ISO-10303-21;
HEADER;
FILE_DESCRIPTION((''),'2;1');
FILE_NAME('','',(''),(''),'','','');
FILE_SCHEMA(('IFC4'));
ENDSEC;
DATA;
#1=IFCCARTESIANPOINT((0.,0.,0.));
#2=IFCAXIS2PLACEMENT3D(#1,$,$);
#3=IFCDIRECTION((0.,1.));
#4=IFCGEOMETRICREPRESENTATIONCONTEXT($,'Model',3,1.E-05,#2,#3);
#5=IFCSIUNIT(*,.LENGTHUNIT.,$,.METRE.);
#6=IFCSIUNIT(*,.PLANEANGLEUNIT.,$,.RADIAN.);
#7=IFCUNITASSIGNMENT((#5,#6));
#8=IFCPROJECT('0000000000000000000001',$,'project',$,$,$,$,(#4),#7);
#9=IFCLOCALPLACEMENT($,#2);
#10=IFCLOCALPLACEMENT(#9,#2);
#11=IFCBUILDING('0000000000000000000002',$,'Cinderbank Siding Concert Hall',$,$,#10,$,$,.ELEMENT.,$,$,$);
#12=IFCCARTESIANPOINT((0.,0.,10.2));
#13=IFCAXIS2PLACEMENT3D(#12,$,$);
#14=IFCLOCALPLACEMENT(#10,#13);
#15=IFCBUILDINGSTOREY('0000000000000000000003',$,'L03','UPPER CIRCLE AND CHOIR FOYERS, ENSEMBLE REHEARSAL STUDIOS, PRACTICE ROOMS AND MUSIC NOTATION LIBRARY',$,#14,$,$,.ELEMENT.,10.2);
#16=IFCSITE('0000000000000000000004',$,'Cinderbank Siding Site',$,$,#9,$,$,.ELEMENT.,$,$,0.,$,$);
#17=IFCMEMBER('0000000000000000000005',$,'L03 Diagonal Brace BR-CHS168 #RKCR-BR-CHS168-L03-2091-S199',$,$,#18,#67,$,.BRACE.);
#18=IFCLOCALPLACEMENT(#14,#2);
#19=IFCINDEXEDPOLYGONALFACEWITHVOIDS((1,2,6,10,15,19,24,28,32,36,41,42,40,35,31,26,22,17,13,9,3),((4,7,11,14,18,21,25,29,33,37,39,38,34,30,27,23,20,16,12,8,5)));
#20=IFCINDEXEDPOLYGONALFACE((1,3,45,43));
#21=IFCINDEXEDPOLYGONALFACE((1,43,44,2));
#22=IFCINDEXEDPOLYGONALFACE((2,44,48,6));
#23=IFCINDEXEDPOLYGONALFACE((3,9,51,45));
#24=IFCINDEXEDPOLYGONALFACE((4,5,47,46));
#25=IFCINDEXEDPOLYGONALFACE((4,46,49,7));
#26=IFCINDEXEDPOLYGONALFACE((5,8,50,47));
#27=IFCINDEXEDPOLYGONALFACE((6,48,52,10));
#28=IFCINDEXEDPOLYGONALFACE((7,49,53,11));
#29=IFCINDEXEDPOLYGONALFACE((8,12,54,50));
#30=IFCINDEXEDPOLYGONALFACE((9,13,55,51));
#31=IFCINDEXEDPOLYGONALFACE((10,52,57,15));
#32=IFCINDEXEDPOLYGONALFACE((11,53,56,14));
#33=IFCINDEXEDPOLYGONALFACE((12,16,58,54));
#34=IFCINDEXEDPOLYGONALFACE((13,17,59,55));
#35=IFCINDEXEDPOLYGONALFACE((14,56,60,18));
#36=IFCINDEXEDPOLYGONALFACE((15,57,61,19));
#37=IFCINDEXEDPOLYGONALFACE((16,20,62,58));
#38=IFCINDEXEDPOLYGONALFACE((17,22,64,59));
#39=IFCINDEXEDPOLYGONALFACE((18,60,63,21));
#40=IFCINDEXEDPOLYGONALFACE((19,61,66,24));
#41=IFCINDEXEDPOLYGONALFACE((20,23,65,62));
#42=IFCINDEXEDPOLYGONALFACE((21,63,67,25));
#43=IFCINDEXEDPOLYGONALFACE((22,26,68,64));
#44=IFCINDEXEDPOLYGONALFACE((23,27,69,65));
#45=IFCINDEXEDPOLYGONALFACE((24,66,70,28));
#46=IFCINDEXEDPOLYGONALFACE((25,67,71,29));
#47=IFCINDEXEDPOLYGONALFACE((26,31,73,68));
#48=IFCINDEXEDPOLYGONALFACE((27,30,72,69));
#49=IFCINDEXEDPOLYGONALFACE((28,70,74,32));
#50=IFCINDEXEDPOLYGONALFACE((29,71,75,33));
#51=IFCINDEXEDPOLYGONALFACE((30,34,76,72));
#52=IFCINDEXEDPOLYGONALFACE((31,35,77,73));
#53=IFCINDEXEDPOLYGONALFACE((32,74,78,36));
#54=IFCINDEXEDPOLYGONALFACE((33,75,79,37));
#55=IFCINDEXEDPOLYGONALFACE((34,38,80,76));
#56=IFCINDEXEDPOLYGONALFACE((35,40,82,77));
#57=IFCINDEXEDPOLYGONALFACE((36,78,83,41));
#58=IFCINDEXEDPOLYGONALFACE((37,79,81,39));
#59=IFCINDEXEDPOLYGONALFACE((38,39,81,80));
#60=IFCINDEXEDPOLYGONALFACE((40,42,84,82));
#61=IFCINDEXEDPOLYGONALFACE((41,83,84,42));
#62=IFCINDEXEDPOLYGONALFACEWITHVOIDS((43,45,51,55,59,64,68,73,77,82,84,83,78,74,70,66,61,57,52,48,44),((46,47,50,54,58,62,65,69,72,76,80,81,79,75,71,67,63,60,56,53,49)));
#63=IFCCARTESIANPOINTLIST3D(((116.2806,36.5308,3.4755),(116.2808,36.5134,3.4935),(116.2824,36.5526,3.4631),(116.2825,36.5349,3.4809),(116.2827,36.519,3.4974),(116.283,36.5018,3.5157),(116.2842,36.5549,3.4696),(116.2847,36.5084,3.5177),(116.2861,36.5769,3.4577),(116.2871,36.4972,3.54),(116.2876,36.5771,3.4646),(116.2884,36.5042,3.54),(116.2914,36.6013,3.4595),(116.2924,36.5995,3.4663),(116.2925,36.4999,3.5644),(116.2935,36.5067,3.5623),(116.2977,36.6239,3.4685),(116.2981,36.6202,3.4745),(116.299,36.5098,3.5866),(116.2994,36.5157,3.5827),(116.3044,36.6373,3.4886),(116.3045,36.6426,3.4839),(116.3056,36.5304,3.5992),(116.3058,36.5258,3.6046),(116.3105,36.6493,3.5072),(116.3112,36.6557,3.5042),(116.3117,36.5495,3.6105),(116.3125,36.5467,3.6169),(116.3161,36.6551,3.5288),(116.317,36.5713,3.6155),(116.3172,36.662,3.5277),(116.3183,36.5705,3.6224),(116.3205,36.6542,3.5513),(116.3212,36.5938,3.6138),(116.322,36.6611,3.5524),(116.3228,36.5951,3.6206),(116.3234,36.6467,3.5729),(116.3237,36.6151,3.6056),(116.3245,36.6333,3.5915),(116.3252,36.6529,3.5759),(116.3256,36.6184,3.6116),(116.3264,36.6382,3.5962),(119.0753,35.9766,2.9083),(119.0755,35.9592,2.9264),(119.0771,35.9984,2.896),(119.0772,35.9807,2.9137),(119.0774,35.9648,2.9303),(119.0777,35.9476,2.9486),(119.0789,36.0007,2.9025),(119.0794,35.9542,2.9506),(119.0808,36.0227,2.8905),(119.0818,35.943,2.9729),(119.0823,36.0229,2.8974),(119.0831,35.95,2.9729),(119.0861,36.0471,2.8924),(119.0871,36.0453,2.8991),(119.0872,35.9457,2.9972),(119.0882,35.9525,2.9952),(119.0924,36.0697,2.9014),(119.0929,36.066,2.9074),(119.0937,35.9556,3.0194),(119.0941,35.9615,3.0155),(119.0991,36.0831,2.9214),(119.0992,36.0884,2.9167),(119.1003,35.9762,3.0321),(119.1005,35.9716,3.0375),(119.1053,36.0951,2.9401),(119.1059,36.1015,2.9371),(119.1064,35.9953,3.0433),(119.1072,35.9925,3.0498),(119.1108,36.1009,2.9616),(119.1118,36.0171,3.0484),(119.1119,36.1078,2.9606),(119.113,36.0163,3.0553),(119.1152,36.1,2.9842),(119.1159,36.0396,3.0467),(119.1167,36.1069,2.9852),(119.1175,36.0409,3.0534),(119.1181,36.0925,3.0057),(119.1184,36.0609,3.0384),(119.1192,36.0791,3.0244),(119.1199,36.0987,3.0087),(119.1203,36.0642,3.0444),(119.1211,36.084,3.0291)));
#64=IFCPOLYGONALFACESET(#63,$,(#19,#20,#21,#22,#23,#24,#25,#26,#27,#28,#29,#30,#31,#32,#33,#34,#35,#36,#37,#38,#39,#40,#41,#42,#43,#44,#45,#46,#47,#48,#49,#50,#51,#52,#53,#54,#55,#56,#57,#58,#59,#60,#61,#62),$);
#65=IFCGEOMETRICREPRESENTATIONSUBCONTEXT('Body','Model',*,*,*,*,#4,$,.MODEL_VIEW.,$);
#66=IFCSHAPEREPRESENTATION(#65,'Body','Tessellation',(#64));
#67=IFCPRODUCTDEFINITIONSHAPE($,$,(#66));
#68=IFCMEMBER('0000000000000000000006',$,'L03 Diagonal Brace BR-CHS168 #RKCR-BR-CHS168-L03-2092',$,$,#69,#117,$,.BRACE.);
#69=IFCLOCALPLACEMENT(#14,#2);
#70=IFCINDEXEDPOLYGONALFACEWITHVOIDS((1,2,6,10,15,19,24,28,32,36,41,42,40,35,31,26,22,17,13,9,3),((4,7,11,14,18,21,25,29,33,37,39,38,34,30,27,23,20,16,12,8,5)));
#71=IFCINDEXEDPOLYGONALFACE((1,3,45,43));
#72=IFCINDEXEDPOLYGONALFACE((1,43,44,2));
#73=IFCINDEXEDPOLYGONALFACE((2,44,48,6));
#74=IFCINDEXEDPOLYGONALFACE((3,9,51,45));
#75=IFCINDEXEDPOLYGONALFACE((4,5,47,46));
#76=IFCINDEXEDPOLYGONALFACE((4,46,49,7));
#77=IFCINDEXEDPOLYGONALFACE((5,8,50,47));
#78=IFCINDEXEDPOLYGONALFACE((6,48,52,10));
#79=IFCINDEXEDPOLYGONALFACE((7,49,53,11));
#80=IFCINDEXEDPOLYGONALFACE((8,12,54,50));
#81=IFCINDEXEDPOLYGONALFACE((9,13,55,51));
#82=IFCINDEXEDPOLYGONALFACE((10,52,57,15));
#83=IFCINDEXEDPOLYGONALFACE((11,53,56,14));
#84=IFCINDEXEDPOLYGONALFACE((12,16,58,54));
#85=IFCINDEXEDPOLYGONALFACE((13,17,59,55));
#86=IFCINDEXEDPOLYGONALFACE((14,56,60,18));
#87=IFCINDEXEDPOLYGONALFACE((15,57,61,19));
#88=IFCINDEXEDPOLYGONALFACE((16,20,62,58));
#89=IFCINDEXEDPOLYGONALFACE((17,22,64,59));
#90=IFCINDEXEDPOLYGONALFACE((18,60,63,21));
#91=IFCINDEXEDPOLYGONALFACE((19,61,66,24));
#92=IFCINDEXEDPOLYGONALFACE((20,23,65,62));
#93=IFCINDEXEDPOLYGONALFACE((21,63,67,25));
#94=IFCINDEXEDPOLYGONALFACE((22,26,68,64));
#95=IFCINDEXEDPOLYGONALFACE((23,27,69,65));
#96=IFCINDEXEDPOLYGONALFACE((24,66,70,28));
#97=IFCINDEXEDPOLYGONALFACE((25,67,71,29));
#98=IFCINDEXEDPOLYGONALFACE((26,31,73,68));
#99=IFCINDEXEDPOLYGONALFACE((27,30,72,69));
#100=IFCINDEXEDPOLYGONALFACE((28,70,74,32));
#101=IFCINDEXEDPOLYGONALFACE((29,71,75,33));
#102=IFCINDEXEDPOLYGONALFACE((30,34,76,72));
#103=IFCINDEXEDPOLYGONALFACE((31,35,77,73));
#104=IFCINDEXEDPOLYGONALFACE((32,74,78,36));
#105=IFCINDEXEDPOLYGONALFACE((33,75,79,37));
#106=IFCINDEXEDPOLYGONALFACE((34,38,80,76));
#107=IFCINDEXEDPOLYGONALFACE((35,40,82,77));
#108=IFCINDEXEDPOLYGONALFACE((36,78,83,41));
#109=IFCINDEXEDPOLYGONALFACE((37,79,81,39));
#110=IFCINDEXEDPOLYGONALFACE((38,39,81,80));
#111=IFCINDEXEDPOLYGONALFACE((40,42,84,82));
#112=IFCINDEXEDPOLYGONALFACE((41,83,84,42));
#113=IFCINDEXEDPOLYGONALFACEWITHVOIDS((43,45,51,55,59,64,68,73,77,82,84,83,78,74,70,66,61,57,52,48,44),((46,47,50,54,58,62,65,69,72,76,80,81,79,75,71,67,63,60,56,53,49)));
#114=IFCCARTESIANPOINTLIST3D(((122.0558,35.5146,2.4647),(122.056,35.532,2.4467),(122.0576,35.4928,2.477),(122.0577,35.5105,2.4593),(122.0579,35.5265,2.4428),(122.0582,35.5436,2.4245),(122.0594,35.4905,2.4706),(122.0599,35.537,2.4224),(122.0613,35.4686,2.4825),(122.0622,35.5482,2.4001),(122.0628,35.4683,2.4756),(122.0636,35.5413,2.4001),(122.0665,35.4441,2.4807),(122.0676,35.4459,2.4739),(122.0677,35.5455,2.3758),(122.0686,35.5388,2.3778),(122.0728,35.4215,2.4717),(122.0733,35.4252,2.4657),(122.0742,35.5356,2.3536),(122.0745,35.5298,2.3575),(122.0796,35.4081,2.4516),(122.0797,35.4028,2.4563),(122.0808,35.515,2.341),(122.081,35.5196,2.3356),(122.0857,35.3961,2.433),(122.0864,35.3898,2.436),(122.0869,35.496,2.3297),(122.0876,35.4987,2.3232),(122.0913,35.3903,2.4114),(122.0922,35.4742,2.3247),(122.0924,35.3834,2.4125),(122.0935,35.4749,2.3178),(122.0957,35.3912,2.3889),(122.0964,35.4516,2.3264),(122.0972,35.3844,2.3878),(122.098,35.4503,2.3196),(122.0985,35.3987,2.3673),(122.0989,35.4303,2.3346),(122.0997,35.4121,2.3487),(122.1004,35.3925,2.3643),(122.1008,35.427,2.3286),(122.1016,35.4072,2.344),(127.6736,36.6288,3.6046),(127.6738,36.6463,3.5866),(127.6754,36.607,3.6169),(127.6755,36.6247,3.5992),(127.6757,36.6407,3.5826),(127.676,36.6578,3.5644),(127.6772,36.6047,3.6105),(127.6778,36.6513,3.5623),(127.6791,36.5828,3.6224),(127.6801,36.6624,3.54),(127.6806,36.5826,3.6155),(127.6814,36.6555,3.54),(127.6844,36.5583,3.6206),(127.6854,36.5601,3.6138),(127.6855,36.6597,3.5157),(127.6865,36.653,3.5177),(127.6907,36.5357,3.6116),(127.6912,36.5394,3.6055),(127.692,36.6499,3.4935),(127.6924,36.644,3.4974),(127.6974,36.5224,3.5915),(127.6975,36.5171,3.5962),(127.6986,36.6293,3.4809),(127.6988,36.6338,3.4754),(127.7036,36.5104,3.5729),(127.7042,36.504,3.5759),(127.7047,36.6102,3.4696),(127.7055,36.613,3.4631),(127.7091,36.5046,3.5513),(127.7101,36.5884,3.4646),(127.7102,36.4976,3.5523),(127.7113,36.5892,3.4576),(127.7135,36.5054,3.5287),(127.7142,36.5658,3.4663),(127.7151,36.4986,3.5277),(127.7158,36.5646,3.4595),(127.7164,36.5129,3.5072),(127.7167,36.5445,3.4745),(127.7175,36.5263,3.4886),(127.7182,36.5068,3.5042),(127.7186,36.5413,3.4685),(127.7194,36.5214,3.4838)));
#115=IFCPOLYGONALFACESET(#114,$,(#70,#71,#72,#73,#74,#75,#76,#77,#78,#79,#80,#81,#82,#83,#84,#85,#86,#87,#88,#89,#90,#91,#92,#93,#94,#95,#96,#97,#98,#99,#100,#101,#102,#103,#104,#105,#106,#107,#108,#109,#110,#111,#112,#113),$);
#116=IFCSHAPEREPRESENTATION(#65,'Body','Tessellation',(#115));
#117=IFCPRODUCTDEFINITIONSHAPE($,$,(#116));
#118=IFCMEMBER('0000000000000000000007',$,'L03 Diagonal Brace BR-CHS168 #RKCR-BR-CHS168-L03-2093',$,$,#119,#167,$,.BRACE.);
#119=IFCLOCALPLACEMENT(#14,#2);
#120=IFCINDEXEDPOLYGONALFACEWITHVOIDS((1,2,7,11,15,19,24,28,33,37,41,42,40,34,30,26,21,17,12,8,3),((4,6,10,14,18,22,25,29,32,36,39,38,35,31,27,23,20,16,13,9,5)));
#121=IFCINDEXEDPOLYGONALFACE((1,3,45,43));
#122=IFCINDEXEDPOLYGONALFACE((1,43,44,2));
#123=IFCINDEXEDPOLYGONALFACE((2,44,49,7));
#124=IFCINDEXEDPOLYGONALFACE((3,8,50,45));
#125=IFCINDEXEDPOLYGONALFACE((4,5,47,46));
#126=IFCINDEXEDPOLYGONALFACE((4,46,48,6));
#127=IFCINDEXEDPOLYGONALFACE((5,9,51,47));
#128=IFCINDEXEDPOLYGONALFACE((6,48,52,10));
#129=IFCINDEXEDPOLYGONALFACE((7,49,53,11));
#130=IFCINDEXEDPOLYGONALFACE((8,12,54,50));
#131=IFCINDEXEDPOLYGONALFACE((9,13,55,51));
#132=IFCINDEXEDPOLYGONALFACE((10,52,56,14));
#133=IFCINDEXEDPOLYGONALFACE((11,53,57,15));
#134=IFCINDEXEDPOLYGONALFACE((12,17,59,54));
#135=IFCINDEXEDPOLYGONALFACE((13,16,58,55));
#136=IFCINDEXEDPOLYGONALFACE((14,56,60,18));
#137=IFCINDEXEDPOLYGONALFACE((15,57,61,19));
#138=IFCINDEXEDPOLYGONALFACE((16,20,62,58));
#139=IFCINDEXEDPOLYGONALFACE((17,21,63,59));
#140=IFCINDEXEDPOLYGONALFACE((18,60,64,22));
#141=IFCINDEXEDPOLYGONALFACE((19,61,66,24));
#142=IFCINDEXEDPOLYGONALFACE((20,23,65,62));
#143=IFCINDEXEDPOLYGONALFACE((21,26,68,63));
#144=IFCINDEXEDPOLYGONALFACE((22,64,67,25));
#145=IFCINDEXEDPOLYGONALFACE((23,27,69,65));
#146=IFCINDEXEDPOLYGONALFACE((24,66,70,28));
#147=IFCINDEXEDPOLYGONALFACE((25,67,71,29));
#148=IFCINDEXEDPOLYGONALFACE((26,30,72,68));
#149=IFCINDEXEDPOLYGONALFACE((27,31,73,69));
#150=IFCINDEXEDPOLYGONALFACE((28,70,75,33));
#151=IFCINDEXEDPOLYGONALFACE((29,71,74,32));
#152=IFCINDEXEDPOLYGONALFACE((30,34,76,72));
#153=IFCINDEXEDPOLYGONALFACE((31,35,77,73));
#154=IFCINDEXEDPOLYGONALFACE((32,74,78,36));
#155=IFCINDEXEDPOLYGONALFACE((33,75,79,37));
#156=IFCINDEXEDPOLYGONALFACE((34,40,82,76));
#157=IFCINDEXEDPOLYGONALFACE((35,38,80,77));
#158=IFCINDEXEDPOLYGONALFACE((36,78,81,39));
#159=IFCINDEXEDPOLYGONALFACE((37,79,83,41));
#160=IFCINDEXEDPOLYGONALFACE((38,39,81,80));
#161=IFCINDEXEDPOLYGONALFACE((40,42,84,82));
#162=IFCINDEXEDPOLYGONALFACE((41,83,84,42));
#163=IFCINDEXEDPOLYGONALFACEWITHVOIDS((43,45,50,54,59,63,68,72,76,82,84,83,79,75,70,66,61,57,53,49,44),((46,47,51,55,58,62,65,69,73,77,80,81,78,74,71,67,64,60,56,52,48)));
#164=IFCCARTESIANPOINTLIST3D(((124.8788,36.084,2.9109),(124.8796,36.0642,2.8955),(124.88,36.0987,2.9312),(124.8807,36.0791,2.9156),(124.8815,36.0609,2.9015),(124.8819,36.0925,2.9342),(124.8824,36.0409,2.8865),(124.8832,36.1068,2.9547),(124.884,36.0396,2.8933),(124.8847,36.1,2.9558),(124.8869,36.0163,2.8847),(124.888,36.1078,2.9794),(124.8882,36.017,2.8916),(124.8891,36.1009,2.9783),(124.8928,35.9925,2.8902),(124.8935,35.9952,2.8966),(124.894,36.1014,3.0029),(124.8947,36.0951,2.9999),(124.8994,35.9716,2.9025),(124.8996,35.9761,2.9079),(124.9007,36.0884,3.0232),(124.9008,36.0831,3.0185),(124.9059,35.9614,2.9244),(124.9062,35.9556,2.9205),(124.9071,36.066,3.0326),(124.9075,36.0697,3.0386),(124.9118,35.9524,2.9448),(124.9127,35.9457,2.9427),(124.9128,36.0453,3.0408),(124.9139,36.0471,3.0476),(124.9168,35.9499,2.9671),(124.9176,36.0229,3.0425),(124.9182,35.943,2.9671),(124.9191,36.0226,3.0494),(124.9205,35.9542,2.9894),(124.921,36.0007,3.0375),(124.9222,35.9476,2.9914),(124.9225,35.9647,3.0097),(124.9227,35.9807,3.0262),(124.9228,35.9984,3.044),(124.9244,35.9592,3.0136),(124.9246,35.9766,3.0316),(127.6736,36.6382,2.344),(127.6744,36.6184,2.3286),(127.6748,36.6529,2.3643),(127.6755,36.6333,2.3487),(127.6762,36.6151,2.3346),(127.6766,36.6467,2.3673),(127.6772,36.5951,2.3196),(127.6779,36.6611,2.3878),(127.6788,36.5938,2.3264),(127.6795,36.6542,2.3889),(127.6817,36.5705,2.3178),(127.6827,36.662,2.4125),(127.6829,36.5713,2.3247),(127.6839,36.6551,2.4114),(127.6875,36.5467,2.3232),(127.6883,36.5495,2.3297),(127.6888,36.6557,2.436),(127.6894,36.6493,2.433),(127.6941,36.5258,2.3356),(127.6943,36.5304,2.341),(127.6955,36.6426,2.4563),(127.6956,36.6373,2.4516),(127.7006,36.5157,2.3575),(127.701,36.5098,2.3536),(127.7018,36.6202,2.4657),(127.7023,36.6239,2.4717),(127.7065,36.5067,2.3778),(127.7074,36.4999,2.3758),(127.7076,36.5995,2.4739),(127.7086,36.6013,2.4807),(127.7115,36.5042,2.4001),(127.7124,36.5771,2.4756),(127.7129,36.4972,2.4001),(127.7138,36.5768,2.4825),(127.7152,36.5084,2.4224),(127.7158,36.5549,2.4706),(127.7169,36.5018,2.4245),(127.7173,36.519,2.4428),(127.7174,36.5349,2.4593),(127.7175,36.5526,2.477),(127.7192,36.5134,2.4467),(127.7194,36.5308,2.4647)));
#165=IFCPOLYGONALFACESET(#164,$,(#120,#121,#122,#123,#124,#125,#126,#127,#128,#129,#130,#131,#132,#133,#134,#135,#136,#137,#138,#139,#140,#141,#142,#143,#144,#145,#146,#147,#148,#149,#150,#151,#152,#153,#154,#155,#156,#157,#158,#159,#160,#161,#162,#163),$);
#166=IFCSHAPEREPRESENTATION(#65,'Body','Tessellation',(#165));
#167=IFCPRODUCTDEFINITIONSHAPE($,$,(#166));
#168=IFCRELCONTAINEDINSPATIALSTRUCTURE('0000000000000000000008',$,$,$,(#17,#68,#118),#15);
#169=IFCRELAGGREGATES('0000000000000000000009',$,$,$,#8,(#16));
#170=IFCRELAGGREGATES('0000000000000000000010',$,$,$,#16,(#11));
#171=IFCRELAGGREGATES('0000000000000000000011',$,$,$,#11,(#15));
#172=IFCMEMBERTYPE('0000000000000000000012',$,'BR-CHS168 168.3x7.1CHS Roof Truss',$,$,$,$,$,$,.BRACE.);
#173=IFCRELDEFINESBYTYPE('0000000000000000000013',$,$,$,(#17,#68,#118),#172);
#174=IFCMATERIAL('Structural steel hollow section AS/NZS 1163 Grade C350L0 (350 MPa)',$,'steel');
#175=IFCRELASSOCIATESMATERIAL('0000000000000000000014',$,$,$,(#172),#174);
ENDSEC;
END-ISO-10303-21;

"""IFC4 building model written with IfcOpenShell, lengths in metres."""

from ifc_helpers import new_model, si_unit, direction, frame, origin, origin_2d, place, context, subcontext, project, spatial, hollow_circle, extrude, material, material_profile, profile_set, type_object, element, save


model = new_model("IFC4")

# Units and contexts
model_context = context("Model", 3, precision=1e-05, world=origin(), true_north=direction((0.0, 1.0)))
body_context = subcontext(model_context, "Body", "Model", "MODEL_VIEW")
ifc_project = project(units=[si_unit("LENGTHUNIT", "METRE"), si_unit("PLANEANGLEUNIT", "RADIAN")], contexts=[model_context])

# Site, building, storey
site_placement = place(None, origin())
site = spatial("IfcSite", under=ifc_project, at=site_placement, Name="Cinderbank Siding Site", CompositionType="ELEMENT", RefElevation=0.0)
building_placement = place(site_placement, origin())
building = spatial("IfcBuilding", under=site, at=building_placement, Name="Cinderbank Siding Concert Hall", CompositionType="ELEMENT")
storey_placement = place(building_placement, frame((0.0, 0.0, 10.2)))
storey = spatial("IfcBuildingStorey", under=building, at=storey_placement, Name="L03", Description="UPPER CIRCLE AND CHOIR FOYERS, ENSEMBLE REHEARSAL STUDIOS, PRACTICE ROOMS AND MUSIC NOTATION LIBRARY", CompositionType="ELEMENT", Elevation=10.2)

# Shared definitions
ifc_material_1 = material(Name="Structural steel hollow section AS/NZS 1163 Grade C350L0 (350 MPa)", Category="steel")

# Members
ifc_material_profile_1 = material_profile(ifc_material_1, hollow_circle(Radius=0.0842, WallThickness=0.0071, at=origin_2d()), Name="168.3x7.1CHS", Category="LoadBearing")
ifc_profile_set_1 = profile_set([ifc_material_profile_1], Name="Structural steel hollow section AS/NZS 1163 Grade C350L0 (350 MPa)")
member_type_1 = type_object("IfcMemberType", Name="BR-CHS168 168.3x7.1CHS Roof Truss", PredefinedType="BRACE", material=ifc_profile_set_1)
member_1_placement = place(storey_placement, frame((119.0981, 36.0256, 2.9729), z_axis=(-0.962024, 0.190774, 0.195229), x_axis=(-0.194517, -0.980899, 0.0)))
element("IfcMember", 1, at=member_1_placement, inside=storey, type_object=member_type_1, Name="L03 Diagonal Brace BR-CHS168 #RKCR-BR-CHS168-L03-2091-S199", PredefinedType="BRACE", context=body_context, shape_type="SweptSolid", body=[
    extrude(hollow_circle(Radius=0.0842, WallThickness=0.0071, at=origin_2d()), origin(), (0.0, 0.0, 1.0), 2.905),
])
member_2_placement = place(storey_placement, frame((122.0786, 35.4656, 2.4001), z_axis=(0.962024, 0.190808, 0.195198), x_axis=(-0.19455, 0.980893, 0.0)))
element("IfcMember", 2, at=member_2_placement, inside=storey, type_object=member_type_1, Name="L03 Diagonal Brace BR-CHS168 #RKCR-BR-CHS168-L03-2092", PredefinedType="BRACE", context=body_context, shape_type="SweptSolid", body=[
    extrude(hollow_circle(Radius=0.0842, WallThickness=0.0071, at=origin_2d()), origin(), (0.0, 0.0, 1.0), 5.8396),
])
member_3_placement = place(storey_placement, frame((127.6965, 36.5798, 2.4001), z_axis=(-0.96204, -0.190778, 0.195148), x_axis=(0.194517, -0.980899, 0.0)))
element("IfcMember", 3, at=member_3_placement, inside=storey, type_object=member_type_1, Name="L03 Diagonal Brace BR-CHS168 #RKCR-BR-CHS168-L03-2093", PredefinedType="BRACE", context=body_context, shape_type="SweptSolid", body=[
    extrude(hollow_circle(Radius=0.0842, WallThickness=0.0071, at=origin_2d()), origin(), (0.0, 0.0, 1.0), 2.905),
])

save(model, "model.ifc")
